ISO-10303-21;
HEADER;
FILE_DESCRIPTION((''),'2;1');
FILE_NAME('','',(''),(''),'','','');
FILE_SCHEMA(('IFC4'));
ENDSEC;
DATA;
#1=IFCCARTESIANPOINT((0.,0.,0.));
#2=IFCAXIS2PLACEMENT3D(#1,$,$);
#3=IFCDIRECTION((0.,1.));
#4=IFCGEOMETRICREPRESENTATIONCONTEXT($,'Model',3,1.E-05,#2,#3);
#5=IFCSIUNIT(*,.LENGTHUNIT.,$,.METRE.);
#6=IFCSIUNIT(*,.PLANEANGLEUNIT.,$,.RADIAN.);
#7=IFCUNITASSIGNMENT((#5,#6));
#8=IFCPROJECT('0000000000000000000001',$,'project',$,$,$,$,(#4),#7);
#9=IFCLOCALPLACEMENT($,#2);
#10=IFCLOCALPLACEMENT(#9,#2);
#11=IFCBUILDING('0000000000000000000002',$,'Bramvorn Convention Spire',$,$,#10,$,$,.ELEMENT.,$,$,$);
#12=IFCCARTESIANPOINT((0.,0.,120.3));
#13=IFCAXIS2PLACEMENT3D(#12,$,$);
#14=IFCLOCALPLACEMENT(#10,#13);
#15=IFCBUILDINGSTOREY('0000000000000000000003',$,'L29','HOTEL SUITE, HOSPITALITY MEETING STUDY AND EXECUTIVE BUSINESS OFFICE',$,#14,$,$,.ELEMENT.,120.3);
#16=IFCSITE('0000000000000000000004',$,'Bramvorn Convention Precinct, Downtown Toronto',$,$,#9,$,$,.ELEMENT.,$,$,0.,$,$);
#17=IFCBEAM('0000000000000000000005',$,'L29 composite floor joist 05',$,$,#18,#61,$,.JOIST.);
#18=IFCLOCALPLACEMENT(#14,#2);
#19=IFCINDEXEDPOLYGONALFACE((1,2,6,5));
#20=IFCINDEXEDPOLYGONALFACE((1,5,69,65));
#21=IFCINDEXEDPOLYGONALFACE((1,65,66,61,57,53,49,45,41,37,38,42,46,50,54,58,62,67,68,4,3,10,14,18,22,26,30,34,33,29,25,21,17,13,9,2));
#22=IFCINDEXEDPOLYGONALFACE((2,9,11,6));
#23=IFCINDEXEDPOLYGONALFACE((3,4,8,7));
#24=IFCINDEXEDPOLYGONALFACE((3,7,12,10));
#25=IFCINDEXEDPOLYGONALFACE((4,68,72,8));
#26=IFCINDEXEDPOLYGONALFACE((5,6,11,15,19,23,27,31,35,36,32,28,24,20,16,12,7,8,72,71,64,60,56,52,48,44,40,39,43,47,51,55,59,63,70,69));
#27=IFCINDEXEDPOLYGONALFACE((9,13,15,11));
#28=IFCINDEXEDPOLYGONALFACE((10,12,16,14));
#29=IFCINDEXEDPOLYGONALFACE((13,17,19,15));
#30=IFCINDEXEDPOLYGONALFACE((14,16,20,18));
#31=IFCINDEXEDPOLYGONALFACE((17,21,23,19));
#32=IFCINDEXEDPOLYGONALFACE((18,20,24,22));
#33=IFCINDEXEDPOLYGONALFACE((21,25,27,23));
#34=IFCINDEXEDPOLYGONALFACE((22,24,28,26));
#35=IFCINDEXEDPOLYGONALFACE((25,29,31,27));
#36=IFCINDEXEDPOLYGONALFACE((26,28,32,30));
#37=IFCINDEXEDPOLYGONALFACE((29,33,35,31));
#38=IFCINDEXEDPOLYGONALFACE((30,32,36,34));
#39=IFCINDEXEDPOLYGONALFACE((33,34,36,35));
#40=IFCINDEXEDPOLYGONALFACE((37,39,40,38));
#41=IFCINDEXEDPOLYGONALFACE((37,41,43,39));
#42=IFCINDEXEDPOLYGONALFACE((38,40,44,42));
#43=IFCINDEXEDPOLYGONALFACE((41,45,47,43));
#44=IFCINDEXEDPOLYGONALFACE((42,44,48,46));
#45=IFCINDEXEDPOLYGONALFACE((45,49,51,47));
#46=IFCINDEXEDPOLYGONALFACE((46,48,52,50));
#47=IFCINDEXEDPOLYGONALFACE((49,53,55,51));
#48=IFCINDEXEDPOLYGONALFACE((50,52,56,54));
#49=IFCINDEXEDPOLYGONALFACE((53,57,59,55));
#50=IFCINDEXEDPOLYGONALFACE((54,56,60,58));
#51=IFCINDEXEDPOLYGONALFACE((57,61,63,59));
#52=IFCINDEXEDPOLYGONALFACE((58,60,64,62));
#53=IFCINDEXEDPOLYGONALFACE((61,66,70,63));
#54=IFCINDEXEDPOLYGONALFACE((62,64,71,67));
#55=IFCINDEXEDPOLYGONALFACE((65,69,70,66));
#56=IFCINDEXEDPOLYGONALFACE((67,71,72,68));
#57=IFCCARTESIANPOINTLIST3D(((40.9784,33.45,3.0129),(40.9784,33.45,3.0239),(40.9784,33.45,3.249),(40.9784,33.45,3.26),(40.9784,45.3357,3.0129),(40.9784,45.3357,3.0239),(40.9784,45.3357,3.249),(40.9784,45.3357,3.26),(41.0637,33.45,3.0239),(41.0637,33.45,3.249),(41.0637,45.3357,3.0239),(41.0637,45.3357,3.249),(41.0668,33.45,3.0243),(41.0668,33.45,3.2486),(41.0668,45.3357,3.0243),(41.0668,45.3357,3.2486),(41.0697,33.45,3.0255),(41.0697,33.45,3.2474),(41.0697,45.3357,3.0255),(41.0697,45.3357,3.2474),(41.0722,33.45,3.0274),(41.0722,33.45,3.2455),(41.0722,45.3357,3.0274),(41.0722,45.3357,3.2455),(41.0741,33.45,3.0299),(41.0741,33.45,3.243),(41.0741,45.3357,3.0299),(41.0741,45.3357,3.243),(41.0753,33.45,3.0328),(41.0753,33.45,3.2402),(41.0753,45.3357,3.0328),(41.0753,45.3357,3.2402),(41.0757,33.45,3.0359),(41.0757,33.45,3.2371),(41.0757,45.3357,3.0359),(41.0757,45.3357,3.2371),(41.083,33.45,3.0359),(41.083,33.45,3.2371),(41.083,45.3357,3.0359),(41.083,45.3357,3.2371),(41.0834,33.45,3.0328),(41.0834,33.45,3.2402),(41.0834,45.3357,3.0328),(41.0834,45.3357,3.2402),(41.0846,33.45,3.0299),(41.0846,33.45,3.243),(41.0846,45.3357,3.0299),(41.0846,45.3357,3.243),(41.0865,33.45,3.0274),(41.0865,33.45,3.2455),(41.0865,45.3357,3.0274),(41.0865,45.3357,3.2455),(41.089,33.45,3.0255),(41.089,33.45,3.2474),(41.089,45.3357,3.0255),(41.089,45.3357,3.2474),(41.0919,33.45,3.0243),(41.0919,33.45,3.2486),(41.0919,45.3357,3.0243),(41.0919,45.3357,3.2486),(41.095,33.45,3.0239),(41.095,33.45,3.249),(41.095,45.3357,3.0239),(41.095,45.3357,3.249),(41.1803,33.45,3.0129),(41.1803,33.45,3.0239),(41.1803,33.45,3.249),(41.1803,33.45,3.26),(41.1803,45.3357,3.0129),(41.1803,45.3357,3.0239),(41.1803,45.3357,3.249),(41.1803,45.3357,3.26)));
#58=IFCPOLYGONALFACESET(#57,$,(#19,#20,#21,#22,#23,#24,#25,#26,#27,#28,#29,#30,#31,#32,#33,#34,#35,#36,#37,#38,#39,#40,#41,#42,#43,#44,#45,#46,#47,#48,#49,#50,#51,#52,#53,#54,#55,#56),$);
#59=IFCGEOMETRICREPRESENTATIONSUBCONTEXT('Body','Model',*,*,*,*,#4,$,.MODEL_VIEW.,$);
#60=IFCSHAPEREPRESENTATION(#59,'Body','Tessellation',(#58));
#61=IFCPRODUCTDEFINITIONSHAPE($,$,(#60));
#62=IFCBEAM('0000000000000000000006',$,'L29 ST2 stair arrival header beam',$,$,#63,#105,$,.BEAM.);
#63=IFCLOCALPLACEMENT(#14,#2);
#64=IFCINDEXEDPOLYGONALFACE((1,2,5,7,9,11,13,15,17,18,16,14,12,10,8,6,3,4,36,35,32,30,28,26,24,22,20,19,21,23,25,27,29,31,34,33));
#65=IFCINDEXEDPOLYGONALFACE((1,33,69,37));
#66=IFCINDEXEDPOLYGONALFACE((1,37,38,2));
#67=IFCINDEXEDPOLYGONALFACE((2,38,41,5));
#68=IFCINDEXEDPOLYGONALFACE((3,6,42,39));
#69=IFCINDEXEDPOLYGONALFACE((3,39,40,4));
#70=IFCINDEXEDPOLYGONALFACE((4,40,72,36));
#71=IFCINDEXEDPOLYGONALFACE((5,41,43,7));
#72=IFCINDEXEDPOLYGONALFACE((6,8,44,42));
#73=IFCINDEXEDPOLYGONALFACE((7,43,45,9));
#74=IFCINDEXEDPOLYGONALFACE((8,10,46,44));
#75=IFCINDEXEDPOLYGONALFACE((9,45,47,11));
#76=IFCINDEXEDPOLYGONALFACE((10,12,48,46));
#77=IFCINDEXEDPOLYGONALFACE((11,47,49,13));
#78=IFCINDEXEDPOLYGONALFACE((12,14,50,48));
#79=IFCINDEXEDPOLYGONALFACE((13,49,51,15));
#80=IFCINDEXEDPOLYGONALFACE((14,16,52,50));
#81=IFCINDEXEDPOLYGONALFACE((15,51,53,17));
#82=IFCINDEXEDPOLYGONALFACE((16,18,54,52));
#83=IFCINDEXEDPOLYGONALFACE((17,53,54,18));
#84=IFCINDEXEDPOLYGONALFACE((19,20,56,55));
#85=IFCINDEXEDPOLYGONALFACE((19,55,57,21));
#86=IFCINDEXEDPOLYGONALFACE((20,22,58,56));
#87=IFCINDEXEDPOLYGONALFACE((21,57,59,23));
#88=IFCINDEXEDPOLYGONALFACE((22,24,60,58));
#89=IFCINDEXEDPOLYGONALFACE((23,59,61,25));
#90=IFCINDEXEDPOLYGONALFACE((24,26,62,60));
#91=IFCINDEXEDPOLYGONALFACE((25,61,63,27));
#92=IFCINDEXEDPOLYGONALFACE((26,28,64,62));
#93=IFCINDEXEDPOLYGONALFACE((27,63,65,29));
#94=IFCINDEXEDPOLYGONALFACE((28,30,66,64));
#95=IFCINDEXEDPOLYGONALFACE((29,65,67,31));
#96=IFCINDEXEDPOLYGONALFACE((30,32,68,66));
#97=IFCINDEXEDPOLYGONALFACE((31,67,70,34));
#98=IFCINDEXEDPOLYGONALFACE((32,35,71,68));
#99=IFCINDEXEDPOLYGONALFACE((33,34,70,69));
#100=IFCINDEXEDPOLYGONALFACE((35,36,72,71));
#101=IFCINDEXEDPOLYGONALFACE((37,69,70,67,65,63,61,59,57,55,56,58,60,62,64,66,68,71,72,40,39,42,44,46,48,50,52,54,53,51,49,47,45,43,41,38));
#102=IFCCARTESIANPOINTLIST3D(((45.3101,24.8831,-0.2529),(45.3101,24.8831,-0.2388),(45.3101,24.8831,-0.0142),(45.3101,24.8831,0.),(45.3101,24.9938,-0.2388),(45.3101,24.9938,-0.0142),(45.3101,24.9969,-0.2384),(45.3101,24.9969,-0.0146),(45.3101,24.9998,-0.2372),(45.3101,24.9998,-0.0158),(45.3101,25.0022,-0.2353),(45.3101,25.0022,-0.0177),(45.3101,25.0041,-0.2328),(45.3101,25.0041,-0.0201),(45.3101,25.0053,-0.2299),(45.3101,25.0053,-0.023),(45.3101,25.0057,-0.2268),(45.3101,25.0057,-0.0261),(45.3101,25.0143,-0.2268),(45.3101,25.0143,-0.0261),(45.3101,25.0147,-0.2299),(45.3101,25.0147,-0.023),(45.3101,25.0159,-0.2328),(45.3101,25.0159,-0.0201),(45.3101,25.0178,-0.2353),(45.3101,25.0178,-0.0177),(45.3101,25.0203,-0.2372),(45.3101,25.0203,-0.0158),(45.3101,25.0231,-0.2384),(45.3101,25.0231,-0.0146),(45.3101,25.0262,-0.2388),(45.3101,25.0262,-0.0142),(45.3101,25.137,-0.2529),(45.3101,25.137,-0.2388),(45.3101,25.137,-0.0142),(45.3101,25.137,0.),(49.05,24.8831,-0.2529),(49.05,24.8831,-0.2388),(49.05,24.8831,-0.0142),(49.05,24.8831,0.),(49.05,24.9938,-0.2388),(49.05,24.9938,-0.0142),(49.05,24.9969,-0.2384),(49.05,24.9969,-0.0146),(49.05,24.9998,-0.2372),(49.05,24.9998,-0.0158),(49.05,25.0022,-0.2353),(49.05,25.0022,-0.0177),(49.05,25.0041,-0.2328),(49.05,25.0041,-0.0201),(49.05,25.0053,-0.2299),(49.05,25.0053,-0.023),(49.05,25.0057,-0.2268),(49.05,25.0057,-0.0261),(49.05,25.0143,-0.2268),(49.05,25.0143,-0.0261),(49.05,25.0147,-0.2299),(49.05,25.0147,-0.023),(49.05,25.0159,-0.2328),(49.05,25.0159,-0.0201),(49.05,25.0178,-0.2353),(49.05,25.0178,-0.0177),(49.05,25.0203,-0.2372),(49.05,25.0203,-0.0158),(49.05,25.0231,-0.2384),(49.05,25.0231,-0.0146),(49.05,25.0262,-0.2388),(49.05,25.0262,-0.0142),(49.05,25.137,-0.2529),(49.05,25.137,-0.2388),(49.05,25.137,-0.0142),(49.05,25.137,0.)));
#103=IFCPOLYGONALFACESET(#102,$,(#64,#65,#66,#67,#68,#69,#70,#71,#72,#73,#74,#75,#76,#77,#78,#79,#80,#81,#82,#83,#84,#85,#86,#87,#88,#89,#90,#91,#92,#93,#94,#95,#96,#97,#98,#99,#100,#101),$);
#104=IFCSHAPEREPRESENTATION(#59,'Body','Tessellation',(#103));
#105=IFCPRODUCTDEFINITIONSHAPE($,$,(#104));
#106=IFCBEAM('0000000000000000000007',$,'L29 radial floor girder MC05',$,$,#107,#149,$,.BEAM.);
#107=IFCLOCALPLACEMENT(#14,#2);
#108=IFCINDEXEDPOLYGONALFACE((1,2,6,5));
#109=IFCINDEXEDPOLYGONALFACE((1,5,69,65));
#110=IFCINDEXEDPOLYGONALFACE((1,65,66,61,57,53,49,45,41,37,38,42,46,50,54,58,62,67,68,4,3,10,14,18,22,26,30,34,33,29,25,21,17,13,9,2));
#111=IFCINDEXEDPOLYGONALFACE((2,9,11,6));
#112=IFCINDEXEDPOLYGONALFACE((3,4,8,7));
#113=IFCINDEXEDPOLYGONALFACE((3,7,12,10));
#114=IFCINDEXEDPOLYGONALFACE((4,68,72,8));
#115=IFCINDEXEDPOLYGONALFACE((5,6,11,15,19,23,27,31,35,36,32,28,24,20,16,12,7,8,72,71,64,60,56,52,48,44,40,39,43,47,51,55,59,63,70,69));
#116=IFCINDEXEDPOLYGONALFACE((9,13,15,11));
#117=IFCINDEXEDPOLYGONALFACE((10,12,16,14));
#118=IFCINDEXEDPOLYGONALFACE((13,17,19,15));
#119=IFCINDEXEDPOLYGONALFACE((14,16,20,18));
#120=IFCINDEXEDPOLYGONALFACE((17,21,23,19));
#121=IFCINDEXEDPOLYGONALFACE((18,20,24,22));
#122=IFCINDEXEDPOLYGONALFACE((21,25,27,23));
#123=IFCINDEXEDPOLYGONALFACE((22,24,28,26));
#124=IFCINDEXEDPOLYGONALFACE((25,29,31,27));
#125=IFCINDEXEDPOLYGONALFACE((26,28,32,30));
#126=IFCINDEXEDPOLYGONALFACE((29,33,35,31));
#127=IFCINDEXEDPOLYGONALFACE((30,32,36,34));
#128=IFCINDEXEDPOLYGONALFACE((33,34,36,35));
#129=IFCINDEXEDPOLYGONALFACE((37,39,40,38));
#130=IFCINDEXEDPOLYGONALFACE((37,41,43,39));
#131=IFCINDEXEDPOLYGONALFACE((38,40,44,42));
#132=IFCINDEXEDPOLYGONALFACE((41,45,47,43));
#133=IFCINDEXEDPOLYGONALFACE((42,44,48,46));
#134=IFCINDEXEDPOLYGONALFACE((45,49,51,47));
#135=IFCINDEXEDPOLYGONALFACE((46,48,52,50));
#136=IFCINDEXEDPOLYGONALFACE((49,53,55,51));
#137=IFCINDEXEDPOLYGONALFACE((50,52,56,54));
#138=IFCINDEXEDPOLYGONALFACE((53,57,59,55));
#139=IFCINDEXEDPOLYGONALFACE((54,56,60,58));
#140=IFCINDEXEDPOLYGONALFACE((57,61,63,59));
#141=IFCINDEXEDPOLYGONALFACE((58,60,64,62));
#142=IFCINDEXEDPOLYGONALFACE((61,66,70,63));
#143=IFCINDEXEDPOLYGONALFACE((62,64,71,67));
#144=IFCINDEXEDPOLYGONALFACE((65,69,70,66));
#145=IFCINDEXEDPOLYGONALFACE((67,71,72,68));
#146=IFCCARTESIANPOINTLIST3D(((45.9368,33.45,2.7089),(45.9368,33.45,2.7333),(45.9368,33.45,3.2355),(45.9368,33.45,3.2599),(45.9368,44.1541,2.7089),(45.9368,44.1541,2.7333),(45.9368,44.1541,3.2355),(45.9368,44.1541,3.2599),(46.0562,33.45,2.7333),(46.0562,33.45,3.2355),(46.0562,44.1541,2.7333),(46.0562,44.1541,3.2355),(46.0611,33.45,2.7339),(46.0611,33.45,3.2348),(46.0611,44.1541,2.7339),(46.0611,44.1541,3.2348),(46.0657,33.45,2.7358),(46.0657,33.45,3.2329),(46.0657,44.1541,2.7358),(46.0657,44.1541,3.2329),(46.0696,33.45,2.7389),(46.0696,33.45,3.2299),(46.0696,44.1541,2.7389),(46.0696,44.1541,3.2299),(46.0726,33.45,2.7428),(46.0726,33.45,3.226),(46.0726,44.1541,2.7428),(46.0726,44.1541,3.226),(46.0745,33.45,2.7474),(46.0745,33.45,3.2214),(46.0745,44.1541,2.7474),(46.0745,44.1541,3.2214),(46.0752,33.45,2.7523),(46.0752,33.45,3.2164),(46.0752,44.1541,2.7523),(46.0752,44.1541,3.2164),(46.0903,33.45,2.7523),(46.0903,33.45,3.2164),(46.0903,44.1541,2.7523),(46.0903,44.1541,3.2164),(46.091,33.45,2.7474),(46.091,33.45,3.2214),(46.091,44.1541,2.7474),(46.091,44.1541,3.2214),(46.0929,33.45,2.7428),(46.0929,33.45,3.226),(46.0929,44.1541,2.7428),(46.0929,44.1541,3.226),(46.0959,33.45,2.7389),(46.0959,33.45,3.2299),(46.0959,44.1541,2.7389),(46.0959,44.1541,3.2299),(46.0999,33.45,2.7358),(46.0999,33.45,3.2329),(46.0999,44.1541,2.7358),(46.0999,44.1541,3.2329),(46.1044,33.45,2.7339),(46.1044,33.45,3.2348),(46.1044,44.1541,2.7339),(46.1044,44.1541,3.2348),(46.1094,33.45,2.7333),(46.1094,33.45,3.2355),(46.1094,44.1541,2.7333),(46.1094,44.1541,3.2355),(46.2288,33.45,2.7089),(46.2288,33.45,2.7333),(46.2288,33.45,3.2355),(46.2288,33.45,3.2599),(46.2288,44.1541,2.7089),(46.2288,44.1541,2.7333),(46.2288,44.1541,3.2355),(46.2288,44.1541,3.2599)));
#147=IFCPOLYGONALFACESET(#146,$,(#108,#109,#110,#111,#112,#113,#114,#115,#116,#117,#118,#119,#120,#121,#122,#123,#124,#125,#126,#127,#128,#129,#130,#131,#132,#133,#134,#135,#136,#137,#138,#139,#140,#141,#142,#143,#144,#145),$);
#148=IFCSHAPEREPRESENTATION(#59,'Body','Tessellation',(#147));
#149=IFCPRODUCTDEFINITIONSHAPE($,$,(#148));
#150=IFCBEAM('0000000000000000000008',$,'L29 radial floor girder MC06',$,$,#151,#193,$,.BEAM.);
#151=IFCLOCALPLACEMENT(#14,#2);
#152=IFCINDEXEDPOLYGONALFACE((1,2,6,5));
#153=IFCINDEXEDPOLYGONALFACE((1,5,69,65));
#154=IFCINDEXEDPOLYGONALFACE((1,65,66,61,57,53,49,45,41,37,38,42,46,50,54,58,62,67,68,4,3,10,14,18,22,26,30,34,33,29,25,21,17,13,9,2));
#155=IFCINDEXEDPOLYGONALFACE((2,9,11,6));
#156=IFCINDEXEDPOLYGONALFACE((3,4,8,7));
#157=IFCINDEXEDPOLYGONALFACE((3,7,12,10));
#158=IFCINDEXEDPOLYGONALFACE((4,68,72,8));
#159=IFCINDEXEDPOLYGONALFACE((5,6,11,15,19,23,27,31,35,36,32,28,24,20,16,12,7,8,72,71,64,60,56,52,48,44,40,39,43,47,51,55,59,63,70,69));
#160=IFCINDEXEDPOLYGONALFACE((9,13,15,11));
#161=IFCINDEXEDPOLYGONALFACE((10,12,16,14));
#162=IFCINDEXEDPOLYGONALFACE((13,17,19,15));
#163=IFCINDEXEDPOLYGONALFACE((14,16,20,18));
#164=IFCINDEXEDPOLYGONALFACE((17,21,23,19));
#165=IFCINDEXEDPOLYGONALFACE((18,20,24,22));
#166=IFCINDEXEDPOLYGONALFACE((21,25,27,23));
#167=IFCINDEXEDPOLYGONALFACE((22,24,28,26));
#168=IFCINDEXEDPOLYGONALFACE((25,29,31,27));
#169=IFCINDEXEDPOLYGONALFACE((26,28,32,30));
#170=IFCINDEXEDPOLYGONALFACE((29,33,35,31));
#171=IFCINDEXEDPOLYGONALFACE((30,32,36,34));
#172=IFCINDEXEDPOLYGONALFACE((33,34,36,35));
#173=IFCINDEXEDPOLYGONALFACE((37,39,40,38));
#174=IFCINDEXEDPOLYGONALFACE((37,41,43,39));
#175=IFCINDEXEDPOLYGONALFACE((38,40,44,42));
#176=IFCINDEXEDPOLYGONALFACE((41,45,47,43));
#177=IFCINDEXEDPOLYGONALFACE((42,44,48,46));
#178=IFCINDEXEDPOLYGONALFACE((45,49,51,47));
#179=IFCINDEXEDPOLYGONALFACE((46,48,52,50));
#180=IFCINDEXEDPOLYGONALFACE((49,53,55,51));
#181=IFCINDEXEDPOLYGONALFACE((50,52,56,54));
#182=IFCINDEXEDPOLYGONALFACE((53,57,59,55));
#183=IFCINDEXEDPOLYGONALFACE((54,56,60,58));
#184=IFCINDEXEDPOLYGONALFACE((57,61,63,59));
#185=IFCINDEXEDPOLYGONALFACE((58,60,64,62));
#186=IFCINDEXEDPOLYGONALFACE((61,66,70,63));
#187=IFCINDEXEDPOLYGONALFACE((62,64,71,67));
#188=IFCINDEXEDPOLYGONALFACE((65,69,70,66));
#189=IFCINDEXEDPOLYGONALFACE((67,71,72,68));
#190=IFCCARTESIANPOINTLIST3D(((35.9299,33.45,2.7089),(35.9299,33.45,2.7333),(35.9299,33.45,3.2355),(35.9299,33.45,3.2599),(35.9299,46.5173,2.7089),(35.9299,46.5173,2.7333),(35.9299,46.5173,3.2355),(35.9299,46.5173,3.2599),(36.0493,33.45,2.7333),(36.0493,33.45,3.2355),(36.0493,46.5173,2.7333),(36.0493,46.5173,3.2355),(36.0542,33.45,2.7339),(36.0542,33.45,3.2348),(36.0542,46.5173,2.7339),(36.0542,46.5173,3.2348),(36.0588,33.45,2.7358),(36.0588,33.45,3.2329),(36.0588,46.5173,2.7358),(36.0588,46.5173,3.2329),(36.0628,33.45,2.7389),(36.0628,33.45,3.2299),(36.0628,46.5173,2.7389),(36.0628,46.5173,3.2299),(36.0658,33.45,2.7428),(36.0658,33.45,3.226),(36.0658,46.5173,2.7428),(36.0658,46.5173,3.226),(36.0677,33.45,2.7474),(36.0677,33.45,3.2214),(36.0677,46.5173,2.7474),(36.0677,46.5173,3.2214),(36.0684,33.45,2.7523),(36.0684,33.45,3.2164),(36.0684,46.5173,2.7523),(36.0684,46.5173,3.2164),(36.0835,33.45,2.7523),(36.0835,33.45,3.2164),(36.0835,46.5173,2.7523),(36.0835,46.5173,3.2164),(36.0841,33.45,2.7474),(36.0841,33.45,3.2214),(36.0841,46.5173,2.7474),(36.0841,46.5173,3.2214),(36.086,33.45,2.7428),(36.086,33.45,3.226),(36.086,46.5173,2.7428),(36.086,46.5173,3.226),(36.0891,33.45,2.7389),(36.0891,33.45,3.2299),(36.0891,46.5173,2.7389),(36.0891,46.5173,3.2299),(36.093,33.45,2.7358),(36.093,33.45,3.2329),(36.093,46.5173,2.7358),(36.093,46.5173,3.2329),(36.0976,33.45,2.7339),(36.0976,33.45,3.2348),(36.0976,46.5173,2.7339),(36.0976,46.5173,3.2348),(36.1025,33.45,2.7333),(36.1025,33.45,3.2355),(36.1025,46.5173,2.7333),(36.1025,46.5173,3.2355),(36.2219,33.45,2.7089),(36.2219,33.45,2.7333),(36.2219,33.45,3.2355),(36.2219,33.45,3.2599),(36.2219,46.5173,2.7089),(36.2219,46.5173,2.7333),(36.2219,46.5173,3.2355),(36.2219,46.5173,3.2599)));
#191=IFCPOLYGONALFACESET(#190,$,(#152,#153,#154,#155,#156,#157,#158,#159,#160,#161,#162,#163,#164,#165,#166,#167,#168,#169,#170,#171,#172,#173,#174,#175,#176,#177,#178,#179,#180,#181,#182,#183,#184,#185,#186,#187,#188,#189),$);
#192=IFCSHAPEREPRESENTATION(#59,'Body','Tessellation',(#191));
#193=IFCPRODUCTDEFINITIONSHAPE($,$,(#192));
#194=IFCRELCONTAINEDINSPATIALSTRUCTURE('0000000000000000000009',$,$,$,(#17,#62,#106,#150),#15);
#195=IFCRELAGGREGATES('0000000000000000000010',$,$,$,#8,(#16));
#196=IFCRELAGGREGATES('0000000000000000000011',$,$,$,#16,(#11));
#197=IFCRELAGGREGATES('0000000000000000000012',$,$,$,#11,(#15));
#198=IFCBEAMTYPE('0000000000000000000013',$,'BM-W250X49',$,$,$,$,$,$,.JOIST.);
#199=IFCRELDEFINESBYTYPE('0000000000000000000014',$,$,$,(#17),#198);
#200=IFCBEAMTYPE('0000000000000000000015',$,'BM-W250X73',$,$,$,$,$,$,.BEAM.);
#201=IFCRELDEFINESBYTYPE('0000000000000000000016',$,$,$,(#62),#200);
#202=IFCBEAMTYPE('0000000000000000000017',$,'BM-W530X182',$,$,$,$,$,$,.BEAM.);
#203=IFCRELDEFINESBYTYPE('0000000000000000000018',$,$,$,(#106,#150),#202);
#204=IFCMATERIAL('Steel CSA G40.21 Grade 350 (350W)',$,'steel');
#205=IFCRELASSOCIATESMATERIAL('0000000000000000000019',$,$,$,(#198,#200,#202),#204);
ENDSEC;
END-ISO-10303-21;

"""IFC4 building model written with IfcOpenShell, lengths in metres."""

from ifc_helpers import new_model, si_unit, direction, frame, origin, origin_2d, place, context, subcontext, project, spatial, i_section, extrude, material, material_profile, profile_set, type_object, element, save


model = new_model("IFC4")

# Units and contexts
model_context = context("Model", 3, precision=1e-05, world=origin(), true_north=direction((0.0, 1.0)))
body_context = subcontext(model_context, "Body", "Model", "MODEL_VIEW")
ifc_project = project(units=[si_unit("LENGTHUNIT", "METRE"), si_unit("PLANEANGLEUNIT", "RADIAN")], contexts=[model_context])

# Site, building, storey
site_placement = place(None, origin())
site = spatial("IfcSite", under=ifc_project, at=site_placement, Name="Bramvorn Convention Precinct, Downtown Toronto", CompositionType="ELEMENT", RefElevation=0.0)
building_placement = place(site_placement, origin())
building = spatial("IfcBuilding", under=site, at=building_placement, Name="Bramvorn Convention Spire", CompositionType="ELEMENT")
storey_placement = place(building_placement, frame((0.0, 0.0, 120.3)))
storey = spatial("IfcBuildingStorey", under=building, at=storey_placement, Name="L29", Description="HOTEL SUITE, HOSPITALITY MEETING STUDY AND EXECUTIVE BUSINESS OFFICE", CompositionType="ELEMENT", Elevation=120.3)

# Beams
ifc_material_1 = material(Name="Steel CSA G40.21 Grade 350 (350W)", Category="steel")
ifc_material_profile_1 = material_profile(ifc_material_1, i_section(OverallWidth=0.2019, OverallDepth=0.2471, WebThickness=0.0073, FlangeThickness=0.011, FilletRadius=0.012, at=origin_2d()))
ifc_profile_set_1 = profile_set([ifc_material_profile_1], Name="Steel CSA G40.21 Grade 350 (350W) - W250X49")
beam_type_1 = type_object("IfcBeamType", Name="BM-W250X49", PredefinedType="JOIST", material=ifc_profile_set_1)
beam_1_placement = place(storey_placement, frame((41.0793, 33.45, 3.1365), z_axis=(0.0, 1.0, 0.0), x_axis=(-1.0, 0.0, 0.0)))
element("IfcBeam", 1, at=beam_1_placement, inside=storey, type_object=beam_type_1, Name="L29 composite floor joist 05", PredefinedType="JOIST", context=body_context, shape_type="SweptSolid", body=[
    extrude(i_section(OverallWidth=0.2019, OverallDepth=0.2471, WebThickness=0.0073, FlangeThickness=0.011, FilletRadius=0.012, at=origin_2d()), origin(), (0.0, 0.0, 1.0), 11.8857),
])
ifc_material_profile_2 = material_profile(ifc_material_1, i_section(OverallWidth=0.2539, OverallDepth=0.2529, WebThickness=0.0085, FlangeThickness=0.0142, FilletRadius=0.012, at=origin_2d()))
ifc_profile_set_2 = profile_set([ifc_material_profile_2], Name="Steel CSA G40.21 Grade 350 (350W) - W250X73")
beam_type_2 = type_object("IfcBeamType", Name="BM-W250X73", PredefinedType="BEAM", material=ifc_profile_set_2)
beam_2_placement = place(storey_placement, frame((45.3101, 25.01, -0.1265), z_axis=(1.0, 0.0, 0.0), x_axis=(0.0, 1.0, 0.0)))
element("IfcBeam", 2, at=beam_2_placement, inside=storey, type_object=beam_type_2, Name="L29 ST2 stair arrival header beam", PredefinedType="BEAM", context=body_context, shape_type="SweptSolid", body=[
    extrude(i_section(OverallWidth=0.2539, OverallDepth=0.2529, WebThickness=0.0085, FlangeThickness=0.0142, FilletRadius=0.012, at=origin_2d()), origin(), (0.0, 0.0, 1.0), 3.74),
])
ifc_material_profile_3 = material_profile(ifc_material_1, i_section(OverallWidth=0.292, OverallDepth=0.551, WebThickness=0.0151, FlangeThickness=0.0244, FilletRadius=0.019, at=origin_2d()))
ifc_profile_set_3 = profile_set([ifc_material_profile_3], Name="Steel CSA G40.21 Grade 350 (350W) - W530X182")
beam_type_3 = type_object("IfcBeamType", Name="BM-W530X182", PredefinedType="BEAM", material=ifc_profile_set_3)
beam_3_placement = place(storey_placement, frame((46.0828, 33.45, 2.9844), z_axis=(0.0, 1.0, 0.0), x_axis=(-1.0, 0.0, 0.0)))
element("IfcBeam", 3, at=beam_3_placement, inside=storey, type_object=beam_type_3, Name="L29 radial floor girder MC05", PredefinedType="BEAM", context=body_context, shape_type="SweptSolid", body=[
    extrude(i_section(OverallWidth=0.292, OverallDepth=0.551, WebThickness=0.0151, FlangeThickness=0.0244, FilletRadius=0.019, at=origin_2d()), origin(), (0.0, 0.0, 1.0), 10.7041),
])
beam_4_placement = place(storey_placement, frame((36.0759, 33.45, 2.9844), z_axis=(0.0, 1.0, 0.0), x_axis=(-1.0, 0.0, 0.0)))
element("IfcBeam", 4, at=beam_4_placement, inside=storey, type_object=beam_type_3, Name="L29 radial floor girder MC06", PredefinedType="BEAM", context=body_context, shape_type="SweptSolid", body=[
    extrude(i_section(OverallWidth=0.292, OverallDepth=0.551, WebThickness=0.0151, FlangeThickness=0.0244, FilletRadius=0.019, at=origin_2d()), origin(), (0.0, 0.0, 1.0), 13.0674),
])

save(model, "model.ifc")
